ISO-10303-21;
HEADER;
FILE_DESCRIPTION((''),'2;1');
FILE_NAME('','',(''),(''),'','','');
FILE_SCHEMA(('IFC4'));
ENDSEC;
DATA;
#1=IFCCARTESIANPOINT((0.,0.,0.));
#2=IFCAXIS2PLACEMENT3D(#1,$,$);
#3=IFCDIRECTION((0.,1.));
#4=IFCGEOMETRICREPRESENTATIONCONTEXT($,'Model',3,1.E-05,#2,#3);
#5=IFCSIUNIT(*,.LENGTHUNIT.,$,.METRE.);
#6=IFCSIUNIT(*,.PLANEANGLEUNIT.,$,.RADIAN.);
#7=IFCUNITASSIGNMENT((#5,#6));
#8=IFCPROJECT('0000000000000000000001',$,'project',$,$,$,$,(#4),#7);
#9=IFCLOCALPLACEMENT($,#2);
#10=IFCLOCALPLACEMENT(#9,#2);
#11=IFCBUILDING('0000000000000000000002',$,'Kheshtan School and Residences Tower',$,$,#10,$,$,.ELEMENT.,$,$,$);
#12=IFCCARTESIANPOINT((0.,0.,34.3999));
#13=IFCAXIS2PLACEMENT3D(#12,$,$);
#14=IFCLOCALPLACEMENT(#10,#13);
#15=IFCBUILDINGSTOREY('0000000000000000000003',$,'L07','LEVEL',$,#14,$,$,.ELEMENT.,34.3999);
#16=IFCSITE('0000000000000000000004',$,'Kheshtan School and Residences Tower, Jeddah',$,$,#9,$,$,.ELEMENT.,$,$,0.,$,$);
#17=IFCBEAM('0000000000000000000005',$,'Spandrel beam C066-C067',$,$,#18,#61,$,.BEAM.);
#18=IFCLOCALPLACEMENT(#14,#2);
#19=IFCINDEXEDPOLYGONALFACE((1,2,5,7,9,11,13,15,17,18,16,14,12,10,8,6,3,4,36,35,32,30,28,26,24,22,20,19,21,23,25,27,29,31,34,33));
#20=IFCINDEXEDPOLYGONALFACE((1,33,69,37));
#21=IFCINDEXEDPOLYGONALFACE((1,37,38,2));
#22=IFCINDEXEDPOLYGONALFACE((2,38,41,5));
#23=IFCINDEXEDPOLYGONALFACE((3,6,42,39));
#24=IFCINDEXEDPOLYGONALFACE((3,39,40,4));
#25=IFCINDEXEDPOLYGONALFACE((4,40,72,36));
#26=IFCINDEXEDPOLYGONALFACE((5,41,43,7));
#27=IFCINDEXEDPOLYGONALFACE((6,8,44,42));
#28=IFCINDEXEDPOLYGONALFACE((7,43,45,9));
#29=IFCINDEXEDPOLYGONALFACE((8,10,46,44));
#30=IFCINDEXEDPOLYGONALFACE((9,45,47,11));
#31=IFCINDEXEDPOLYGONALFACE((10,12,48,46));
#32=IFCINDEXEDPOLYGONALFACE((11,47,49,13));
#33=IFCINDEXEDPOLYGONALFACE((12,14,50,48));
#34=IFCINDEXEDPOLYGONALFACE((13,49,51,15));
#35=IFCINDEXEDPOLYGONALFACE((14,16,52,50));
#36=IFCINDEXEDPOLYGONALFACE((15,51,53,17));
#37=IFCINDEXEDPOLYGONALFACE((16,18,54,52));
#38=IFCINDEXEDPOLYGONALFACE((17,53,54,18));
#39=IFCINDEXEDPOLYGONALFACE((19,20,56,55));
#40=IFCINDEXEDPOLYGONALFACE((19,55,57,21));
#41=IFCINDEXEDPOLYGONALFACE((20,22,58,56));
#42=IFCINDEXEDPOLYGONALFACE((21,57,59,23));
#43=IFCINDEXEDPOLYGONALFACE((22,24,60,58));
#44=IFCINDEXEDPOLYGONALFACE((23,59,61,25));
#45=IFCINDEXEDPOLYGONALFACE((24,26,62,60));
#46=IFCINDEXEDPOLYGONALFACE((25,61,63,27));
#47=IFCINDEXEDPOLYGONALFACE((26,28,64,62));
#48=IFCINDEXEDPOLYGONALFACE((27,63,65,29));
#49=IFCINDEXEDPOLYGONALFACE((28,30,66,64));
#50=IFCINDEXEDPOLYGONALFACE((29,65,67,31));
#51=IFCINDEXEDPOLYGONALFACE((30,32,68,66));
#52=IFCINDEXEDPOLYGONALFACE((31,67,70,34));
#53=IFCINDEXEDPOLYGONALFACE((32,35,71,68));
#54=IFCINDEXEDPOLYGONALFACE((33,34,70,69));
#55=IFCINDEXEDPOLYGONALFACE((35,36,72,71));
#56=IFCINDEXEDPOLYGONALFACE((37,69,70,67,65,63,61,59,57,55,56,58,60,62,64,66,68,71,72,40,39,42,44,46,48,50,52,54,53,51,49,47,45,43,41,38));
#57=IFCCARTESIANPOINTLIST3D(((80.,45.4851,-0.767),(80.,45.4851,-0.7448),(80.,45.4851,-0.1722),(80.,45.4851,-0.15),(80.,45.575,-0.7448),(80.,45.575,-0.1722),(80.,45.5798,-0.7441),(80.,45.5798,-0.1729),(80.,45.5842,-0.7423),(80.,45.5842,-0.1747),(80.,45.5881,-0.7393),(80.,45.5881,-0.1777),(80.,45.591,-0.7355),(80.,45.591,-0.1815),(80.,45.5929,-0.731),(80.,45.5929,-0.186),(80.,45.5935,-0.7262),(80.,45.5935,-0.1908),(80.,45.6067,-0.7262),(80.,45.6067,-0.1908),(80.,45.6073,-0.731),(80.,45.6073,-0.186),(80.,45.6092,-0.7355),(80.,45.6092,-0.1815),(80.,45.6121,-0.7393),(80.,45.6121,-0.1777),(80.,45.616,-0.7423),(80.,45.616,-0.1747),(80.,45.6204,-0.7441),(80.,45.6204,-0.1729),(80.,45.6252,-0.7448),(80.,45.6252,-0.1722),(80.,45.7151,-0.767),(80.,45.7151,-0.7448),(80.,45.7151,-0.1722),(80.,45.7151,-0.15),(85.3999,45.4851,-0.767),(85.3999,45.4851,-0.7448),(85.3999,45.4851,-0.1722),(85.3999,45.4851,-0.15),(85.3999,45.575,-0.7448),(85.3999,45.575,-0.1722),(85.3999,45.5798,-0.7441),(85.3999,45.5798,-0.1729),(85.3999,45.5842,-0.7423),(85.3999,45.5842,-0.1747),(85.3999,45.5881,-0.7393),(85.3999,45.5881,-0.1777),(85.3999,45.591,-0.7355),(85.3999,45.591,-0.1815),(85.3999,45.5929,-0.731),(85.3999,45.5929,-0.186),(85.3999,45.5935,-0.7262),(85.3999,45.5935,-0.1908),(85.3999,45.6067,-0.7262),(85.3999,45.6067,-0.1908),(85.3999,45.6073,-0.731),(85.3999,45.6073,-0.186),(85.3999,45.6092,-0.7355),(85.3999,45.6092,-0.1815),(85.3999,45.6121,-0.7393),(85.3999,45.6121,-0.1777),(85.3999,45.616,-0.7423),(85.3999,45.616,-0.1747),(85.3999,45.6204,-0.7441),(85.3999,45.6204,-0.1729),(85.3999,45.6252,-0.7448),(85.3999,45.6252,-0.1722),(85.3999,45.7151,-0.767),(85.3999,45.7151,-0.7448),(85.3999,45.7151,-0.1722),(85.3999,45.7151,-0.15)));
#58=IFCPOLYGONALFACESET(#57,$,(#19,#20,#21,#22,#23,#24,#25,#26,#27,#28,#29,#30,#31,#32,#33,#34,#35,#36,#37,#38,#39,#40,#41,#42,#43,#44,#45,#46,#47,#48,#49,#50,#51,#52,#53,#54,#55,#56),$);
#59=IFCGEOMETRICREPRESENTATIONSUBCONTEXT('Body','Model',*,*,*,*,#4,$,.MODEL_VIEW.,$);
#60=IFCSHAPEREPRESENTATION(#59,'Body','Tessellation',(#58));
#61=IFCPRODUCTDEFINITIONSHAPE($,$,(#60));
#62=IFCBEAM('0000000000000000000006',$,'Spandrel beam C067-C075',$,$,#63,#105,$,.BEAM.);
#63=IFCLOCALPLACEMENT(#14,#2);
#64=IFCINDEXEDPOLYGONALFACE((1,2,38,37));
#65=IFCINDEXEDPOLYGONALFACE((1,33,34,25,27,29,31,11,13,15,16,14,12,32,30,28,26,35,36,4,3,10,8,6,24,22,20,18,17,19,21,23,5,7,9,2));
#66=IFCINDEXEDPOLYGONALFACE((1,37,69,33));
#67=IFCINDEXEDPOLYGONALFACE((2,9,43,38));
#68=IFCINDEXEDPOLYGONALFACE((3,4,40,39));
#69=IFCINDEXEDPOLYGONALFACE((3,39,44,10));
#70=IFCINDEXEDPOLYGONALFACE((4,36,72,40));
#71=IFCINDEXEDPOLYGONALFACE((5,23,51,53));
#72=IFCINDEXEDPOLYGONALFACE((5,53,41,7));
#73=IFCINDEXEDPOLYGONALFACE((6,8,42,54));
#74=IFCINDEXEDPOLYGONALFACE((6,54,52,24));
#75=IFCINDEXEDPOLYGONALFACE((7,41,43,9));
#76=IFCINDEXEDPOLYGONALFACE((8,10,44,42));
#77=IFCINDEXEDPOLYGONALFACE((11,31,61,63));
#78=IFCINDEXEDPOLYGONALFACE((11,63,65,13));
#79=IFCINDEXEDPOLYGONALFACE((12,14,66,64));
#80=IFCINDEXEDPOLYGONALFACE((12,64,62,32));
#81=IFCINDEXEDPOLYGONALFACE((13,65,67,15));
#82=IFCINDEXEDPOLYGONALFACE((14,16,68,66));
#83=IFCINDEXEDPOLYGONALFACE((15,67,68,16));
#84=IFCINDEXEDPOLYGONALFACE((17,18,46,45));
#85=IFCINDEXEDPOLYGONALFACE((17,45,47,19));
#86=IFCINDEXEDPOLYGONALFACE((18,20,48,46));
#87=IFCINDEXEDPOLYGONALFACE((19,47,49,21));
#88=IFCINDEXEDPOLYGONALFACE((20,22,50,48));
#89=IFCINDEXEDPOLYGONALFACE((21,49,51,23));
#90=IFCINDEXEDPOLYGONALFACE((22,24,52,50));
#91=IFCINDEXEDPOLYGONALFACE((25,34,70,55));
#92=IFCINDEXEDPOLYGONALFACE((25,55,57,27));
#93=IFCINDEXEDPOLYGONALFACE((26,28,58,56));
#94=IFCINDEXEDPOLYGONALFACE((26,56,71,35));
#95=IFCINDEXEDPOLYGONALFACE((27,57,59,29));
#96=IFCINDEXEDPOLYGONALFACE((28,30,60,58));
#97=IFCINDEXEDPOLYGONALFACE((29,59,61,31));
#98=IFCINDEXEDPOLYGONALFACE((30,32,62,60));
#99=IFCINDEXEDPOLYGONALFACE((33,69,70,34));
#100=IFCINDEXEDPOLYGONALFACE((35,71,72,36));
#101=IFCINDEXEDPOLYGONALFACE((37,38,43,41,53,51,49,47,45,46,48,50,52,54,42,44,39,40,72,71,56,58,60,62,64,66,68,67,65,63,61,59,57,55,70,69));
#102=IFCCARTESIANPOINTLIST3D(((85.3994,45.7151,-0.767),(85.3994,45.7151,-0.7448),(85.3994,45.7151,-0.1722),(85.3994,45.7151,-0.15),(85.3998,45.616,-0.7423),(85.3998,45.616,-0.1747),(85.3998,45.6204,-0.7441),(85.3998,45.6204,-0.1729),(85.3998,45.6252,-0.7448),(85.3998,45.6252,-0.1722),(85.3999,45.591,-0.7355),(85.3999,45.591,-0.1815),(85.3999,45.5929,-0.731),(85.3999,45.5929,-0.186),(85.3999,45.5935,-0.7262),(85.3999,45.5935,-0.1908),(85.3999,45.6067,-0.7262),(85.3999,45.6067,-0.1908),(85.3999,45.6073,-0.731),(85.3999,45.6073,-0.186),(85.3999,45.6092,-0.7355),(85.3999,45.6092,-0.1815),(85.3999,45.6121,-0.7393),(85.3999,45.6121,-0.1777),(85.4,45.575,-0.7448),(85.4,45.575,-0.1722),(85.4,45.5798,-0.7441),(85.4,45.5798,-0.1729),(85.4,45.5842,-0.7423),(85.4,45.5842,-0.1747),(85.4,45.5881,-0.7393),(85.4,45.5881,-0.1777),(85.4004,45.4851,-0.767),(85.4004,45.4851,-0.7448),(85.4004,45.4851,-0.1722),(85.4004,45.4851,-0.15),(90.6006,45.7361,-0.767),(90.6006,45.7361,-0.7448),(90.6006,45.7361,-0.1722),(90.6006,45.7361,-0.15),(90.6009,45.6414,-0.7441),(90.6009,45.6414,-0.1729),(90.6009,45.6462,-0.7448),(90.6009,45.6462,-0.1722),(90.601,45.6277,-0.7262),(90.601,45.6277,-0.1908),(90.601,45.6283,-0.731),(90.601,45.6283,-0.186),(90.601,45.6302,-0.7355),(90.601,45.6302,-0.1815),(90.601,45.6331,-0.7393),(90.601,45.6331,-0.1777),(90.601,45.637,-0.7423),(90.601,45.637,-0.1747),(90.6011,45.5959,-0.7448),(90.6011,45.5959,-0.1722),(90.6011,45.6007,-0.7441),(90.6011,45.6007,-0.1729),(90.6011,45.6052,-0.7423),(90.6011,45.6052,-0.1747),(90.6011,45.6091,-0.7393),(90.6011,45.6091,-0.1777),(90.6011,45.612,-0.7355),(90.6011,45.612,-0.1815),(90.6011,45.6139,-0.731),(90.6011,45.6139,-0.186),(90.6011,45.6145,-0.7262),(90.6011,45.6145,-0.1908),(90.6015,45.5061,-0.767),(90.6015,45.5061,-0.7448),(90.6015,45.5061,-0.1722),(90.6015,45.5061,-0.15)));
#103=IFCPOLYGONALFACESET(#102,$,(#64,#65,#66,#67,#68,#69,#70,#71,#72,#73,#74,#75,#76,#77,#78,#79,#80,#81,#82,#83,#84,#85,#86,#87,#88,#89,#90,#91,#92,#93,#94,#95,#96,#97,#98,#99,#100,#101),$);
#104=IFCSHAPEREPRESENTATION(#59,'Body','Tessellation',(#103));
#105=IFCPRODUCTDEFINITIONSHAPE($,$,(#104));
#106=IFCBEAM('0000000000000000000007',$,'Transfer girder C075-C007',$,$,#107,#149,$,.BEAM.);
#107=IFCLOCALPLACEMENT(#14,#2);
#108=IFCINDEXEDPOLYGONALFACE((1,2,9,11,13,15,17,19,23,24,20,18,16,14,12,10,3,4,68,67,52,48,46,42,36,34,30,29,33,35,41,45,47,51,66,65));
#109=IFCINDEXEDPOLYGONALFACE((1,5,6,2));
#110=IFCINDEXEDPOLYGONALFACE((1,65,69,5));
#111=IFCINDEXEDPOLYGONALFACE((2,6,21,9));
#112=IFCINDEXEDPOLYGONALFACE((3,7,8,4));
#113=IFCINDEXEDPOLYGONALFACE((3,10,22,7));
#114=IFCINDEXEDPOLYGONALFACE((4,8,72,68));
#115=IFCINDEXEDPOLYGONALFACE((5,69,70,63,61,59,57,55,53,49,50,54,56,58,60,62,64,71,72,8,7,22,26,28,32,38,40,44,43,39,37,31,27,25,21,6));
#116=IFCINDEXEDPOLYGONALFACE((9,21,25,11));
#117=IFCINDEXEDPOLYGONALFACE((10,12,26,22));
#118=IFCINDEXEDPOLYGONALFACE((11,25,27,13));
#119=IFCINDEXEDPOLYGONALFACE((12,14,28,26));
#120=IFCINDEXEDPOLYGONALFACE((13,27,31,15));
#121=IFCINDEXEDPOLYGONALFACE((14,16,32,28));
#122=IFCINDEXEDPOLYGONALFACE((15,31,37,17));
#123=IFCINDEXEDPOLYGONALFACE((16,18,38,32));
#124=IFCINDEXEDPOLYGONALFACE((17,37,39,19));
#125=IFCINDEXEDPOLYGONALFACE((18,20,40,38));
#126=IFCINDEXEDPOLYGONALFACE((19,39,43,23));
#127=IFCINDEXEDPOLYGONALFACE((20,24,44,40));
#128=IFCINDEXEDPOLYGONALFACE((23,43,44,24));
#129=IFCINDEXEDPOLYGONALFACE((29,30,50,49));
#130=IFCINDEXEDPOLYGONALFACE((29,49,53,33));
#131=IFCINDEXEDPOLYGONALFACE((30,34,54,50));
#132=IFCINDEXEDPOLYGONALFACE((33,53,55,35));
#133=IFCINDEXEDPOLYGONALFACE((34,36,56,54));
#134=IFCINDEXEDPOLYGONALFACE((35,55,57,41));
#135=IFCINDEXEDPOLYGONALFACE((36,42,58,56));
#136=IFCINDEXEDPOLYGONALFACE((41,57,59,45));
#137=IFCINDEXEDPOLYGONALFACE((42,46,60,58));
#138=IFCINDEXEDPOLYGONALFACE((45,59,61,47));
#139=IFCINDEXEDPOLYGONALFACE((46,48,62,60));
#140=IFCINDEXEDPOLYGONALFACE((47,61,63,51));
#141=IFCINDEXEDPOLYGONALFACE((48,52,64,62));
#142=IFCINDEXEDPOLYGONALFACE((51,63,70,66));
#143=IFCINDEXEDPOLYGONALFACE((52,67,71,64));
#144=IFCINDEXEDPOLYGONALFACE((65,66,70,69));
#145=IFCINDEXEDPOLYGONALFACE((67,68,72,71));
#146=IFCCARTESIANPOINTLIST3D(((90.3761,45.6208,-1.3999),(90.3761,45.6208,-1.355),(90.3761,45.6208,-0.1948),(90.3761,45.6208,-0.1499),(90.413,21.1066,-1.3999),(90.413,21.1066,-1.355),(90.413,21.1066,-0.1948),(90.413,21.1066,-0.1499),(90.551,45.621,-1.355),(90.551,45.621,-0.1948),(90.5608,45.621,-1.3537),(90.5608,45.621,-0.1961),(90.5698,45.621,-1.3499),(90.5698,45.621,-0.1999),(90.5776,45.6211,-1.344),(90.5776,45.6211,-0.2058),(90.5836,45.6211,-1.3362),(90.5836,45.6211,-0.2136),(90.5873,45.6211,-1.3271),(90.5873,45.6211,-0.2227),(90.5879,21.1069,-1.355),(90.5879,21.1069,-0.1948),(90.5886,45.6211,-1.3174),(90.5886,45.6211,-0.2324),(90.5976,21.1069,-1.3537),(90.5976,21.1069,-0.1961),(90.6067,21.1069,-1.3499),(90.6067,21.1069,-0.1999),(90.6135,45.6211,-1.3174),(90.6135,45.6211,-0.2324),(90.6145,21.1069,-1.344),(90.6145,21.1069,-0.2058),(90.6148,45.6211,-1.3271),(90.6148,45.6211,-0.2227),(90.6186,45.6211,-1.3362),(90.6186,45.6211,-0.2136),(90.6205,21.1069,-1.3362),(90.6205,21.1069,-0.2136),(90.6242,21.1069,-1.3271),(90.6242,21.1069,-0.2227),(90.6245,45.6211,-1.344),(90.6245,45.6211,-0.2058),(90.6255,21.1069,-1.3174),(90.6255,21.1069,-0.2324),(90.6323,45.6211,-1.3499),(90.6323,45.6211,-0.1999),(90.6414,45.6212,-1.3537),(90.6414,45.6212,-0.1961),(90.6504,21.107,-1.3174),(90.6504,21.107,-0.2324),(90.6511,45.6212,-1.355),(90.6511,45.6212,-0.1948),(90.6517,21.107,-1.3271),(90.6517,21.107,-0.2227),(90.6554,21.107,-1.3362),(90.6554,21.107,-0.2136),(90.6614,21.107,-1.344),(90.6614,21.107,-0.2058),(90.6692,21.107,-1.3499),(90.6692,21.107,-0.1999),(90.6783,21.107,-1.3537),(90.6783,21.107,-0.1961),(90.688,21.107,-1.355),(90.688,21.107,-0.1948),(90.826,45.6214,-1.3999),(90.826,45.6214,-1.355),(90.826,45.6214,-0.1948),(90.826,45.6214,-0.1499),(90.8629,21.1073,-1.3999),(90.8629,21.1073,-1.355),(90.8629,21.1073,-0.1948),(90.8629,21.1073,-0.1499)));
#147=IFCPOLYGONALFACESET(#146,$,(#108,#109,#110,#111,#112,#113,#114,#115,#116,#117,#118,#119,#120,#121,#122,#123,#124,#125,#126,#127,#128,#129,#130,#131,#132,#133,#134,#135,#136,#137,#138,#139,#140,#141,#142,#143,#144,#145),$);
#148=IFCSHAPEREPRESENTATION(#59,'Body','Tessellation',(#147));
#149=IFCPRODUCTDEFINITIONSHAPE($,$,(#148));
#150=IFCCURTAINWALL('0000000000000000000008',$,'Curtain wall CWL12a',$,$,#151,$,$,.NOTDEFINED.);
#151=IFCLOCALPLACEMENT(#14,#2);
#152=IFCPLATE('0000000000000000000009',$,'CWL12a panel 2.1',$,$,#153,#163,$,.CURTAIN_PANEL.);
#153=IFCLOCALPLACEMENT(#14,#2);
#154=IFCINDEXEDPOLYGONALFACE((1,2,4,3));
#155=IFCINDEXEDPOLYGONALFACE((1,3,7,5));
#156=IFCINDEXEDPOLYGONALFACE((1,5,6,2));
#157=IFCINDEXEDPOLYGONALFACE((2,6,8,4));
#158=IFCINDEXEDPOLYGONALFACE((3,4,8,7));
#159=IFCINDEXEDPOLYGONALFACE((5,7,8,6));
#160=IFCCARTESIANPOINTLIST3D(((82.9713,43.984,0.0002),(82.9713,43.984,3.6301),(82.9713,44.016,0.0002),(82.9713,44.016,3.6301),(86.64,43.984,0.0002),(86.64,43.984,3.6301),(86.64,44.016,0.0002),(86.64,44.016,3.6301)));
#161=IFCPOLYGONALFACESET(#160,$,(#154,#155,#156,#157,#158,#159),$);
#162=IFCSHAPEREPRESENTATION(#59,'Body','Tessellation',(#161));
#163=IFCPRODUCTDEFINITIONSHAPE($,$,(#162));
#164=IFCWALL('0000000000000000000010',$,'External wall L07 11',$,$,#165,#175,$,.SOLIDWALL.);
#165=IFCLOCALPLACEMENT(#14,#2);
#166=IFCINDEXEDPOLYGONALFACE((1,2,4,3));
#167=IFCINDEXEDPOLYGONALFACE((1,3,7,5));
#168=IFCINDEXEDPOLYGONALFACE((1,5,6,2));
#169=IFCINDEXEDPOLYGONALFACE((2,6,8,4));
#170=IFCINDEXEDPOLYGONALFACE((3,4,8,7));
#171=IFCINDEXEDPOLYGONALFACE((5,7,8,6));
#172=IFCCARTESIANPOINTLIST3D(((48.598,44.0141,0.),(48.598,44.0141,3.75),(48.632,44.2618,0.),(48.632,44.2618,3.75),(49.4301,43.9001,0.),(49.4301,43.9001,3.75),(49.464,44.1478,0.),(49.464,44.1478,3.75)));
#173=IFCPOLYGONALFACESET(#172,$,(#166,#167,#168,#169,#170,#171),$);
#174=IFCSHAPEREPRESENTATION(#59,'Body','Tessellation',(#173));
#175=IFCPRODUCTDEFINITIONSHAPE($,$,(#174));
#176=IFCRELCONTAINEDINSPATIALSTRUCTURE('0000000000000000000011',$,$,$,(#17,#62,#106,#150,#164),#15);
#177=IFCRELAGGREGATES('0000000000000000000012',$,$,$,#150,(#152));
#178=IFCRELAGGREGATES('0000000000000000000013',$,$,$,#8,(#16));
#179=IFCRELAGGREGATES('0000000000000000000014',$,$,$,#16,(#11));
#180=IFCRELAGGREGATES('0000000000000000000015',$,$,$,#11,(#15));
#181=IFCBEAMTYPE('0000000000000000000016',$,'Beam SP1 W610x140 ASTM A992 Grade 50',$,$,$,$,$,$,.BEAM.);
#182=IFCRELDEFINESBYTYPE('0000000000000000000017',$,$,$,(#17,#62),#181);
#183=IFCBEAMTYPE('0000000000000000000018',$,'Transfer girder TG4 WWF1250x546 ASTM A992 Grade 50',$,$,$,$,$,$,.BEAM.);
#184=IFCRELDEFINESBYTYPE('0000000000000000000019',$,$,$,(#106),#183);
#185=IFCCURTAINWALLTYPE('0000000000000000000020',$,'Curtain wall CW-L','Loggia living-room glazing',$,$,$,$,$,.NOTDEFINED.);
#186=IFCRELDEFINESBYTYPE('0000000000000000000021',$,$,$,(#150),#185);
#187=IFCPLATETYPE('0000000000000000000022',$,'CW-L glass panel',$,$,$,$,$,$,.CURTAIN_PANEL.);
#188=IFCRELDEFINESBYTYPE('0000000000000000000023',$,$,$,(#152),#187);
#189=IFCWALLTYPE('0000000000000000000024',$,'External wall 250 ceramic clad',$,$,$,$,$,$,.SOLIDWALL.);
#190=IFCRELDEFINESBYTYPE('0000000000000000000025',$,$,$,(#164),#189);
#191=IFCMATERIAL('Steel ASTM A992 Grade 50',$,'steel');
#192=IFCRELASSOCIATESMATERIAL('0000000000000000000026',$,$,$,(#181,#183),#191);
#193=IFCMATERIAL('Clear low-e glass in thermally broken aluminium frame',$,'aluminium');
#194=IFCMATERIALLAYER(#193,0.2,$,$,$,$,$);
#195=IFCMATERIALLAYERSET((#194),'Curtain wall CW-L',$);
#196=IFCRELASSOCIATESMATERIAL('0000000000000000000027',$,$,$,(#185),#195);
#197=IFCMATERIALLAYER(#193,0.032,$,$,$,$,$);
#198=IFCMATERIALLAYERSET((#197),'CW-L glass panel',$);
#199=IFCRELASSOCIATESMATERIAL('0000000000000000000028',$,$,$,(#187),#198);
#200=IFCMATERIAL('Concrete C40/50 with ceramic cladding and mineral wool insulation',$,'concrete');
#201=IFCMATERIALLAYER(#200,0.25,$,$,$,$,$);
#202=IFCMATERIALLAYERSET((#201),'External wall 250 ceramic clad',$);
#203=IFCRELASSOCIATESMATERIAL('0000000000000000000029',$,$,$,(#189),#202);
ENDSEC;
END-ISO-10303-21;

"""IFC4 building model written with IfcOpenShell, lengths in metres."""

from ifc_helpers import new_model, si_unit, direction, frame, frame_2d, origin, origin_2d, place, context, subcontext, project, spatial, rectangle, i_section, extrude, material, layer, layer_set, material_profile, profile_set, type_object, element, aggregate, save


model = new_model("IFC4")

# Units and contexts
model_context = context("Model", 3, precision=1e-05, world=origin(), true_north=direction((0.0, 1.0)))
body_context = subcontext(model_context, "Body", "Model", "MODEL_VIEW")
ifc_project = project(units=[si_unit("LENGTHUNIT", "METRE"), si_unit("PLANEANGLEUNIT", "RADIAN")], contexts=[model_context])

# Site, building, storey
site_placement = place(None, origin())
site = spatial("IfcSite", under=ifc_project, at=site_placement, Name="Kheshtan School and Residences Tower, Jeddah", CompositionType="ELEMENT", RefElevation=0.0)
building_placement = place(site_placement, origin())
building = spatial("IfcBuilding", under=site, at=building_placement, Name="Kheshtan School and Residences Tower", CompositionType="ELEMENT")
storey_placement = place(building_placement, frame((0.0, 0.0, 34.3999)))
storey = spatial("IfcBuildingStorey", under=building, at=storey_placement, Name="L07", Description="LEVEL", CompositionType="ELEMENT", Elevation=34.3999)

# Shared definitions
ifc_material_1 = material(Name="Steel ASTM A992 Grade 50", Category="steel")

# Beams
ifc_material_profile_1 = material_profile(ifc_material_1, i_section(OverallWidth=0.23, OverallDepth=0.6169, WebThickness=0.0132, FlangeThickness=0.0222, FilletRadius=0.0186, at=origin_2d()), Name="W610x140")
ifc_profile_set_1 = profile_set([ifc_material_profile_1], Name="Steel ASTM A992 Grade 50")
beam_type_1 = type_object("IfcBeamType", Name="Beam SP1 W610x140 ASTM A992 Grade 50", PredefinedType="BEAM", material=ifc_profile_set_1)
for number, where, z_axis, x_axis, name in (
    (1, (80.0, 45.6001, -0.4585), (1.0, 0.0, 0.0), (0.0, 1.0, 0.0), "Spandrel beam C066-C067"),
):
    element("IfcBeam", number, at=place(storey_placement, frame(where, z_axis=z_axis, x_axis=x_axis)), inside=storey, type_object=beam_type_1, Name=name, PredefinedType="BEAM", context=body_context, shape_type="SweptSolid", body=[
        extrude(i_section(OverallWidth=0.23, OverallDepth=0.6169, WebThickness=0.0132, FlangeThickness=0.0222, FilletRadius=0.0186, at=origin_2d()), origin(), (0.0, 0.0, 1.0), 5.3999),
    ])
beam_1_placement = place(storey_placement, frame((85.3999, 45.6001, -0.4585), z_axis=(0.999992, 0.004037, 0.0), x_axis=(-0.004037, 0.999992, 0.0)))
element("IfcBeam", 2, at=beam_1_placement, inside=storey, type_object=beam_type_1, Name="Spandrel beam C067-C075", PredefinedType="BEAM", context=body_context, shape_type="SweptSolid", body=[
    extrude(i_section(OverallWidth=0.23, OverallDepth=0.6169, WebThickness=0.0132, FlangeThickness=0.0222, FilletRadius=0.0186, at=origin_2d()), origin(), (0.0, 0.0, 1.0), 5.2012),
])
ifc_material_profile_2 = material_profile(ifc_material_1, i_section(OverallWidth=0.45, OverallDepth=1.25, WebThickness=0.0249, FlangeThickness=0.0449, FilletRadius=0.0376, at=origin_2d()), Name="WWF1250x546")
ifc_profile_set_2 = profile_set([ifc_material_profile_2], Name="Steel ASTM A992 Grade 50")
beam_type_2 = type_object("IfcBeamType", Name="Transfer girder TG4 WWF1250x546 ASTM A992 Grade 50", PredefinedType="BEAM", material=ifc_profile_set_2)
beam_2_placement = place(storey_placement, frame((90.6011, 45.6211, -0.7749), z_axis=(0.001504, -0.999999, 0.0), x_axis=(0.999999, 0.001504, 0.0)))
element("IfcBeam", 3, at=beam_2_placement, inside=storey, type_object=beam_type_2, Name="Transfer girder C075-C007", PredefinedType="BEAM", context=body_context, shape_type="SweptSolid", body=[
    extrude(i_section(OverallWidth=0.45, OverallDepth=1.25, WebThickness=0.0249, FlangeThickness=0.0449, FilletRadius=0.0376, at=origin_2d()), origin(), (0.0, 0.0, 1.0), 24.5142),
])

# Curtain wall, plate
ifc_material_2 = material(Name="Clear low-e glass in thermally broken aluminium frame", Category="aluminium")
ifc_layer_1 = layer(ifc_material_2, 0.2)
ifc_layer_set_1 = layer_set([ifc_layer_1], Name="Curtain wall CW-L")
curtain_wall_type = type_object("IfcCurtainWallType", Name="Curtain wall CW-L", Description="Loggia living-room glazing", PredefinedType="NOTDEFINED", material=ifc_layer_set_1)
curtain_wall_placement = place(storey_placement, origin())
curtain_wall = element("IfcCurtainWall", 4, at=curtain_wall_placement, inside=storey, type_object=curtain_wall_type, Name="Curtain wall CWL12a", PredefinedType="NOTDEFINED")
ifc_layer_2 = layer(ifc_material_2, 0.032)
ifc_layer_set_2 = layer_set([ifc_layer_2], Name="CW-L glass panel")
plate_type = type_object("IfcPlateType", Name="CW-L glass panel", PredefinedType="CURTAIN_PANEL", material=ifc_layer_set_2)
plate_placement = place(storey_placement, frame((84.8057, 44.0, 0.0002), z_axis=(0.0, 0.0, 1.0), x_axis=(1.0, 0.0, 0.0)))
plate = element("IfcPlate", 5, at=plate_placement, type_object=plate_type, Name="CWL12a panel 2.1", PredefinedType="CURTAIN_PANEL", context=body_context, shape_type="SweptSolid", body=[
    extrude(rectangle(XDim=3.6687, YDim=0.032, at=origin_2d()), origin(), (0.0, 0.0, 1.0), 3.6299),
])
aggregate(curtain_wall, [plate])

# Wall
ifc_material_3 = material(Name="Concrete C40/50 with ceramic cladding and mineral wool insulation", Category="concrete")
ifc_layer_3 = layer(ifc_material_3, 0.25)
ifc_layer_set_3 = layer_set([ifc_layer_3], Name="External wall 250 ceramic clad")
wall_type = type_object("IfcWallType", Name="External wall 250 ceramic clad", PredefinedType="SOLIDWALL", material=ifc_layer_set_3)
wall_placement = place(storey_placement, frame((48.615, 44.1379, 0.0), z_axis=(0.0, 0.0, 1.0), x_axis=(0.990742, -0.135762, 0.0)))
element("IfcWall", 6, at=wall_placement, inside=storey, type_object=wall_type, Name="External wall L07 11", PredefinedType="SOLIDWALL", context=body_context, shape_type="SweptSolid", body=[
    extrude(rectangle(XDim=0.8398, YDim=0.25, at=frame_2d((0.4199, 0.0))), origin(), (0.0, 0.0, 1.0), 3.75),
])

save(model, "model.ifc")
